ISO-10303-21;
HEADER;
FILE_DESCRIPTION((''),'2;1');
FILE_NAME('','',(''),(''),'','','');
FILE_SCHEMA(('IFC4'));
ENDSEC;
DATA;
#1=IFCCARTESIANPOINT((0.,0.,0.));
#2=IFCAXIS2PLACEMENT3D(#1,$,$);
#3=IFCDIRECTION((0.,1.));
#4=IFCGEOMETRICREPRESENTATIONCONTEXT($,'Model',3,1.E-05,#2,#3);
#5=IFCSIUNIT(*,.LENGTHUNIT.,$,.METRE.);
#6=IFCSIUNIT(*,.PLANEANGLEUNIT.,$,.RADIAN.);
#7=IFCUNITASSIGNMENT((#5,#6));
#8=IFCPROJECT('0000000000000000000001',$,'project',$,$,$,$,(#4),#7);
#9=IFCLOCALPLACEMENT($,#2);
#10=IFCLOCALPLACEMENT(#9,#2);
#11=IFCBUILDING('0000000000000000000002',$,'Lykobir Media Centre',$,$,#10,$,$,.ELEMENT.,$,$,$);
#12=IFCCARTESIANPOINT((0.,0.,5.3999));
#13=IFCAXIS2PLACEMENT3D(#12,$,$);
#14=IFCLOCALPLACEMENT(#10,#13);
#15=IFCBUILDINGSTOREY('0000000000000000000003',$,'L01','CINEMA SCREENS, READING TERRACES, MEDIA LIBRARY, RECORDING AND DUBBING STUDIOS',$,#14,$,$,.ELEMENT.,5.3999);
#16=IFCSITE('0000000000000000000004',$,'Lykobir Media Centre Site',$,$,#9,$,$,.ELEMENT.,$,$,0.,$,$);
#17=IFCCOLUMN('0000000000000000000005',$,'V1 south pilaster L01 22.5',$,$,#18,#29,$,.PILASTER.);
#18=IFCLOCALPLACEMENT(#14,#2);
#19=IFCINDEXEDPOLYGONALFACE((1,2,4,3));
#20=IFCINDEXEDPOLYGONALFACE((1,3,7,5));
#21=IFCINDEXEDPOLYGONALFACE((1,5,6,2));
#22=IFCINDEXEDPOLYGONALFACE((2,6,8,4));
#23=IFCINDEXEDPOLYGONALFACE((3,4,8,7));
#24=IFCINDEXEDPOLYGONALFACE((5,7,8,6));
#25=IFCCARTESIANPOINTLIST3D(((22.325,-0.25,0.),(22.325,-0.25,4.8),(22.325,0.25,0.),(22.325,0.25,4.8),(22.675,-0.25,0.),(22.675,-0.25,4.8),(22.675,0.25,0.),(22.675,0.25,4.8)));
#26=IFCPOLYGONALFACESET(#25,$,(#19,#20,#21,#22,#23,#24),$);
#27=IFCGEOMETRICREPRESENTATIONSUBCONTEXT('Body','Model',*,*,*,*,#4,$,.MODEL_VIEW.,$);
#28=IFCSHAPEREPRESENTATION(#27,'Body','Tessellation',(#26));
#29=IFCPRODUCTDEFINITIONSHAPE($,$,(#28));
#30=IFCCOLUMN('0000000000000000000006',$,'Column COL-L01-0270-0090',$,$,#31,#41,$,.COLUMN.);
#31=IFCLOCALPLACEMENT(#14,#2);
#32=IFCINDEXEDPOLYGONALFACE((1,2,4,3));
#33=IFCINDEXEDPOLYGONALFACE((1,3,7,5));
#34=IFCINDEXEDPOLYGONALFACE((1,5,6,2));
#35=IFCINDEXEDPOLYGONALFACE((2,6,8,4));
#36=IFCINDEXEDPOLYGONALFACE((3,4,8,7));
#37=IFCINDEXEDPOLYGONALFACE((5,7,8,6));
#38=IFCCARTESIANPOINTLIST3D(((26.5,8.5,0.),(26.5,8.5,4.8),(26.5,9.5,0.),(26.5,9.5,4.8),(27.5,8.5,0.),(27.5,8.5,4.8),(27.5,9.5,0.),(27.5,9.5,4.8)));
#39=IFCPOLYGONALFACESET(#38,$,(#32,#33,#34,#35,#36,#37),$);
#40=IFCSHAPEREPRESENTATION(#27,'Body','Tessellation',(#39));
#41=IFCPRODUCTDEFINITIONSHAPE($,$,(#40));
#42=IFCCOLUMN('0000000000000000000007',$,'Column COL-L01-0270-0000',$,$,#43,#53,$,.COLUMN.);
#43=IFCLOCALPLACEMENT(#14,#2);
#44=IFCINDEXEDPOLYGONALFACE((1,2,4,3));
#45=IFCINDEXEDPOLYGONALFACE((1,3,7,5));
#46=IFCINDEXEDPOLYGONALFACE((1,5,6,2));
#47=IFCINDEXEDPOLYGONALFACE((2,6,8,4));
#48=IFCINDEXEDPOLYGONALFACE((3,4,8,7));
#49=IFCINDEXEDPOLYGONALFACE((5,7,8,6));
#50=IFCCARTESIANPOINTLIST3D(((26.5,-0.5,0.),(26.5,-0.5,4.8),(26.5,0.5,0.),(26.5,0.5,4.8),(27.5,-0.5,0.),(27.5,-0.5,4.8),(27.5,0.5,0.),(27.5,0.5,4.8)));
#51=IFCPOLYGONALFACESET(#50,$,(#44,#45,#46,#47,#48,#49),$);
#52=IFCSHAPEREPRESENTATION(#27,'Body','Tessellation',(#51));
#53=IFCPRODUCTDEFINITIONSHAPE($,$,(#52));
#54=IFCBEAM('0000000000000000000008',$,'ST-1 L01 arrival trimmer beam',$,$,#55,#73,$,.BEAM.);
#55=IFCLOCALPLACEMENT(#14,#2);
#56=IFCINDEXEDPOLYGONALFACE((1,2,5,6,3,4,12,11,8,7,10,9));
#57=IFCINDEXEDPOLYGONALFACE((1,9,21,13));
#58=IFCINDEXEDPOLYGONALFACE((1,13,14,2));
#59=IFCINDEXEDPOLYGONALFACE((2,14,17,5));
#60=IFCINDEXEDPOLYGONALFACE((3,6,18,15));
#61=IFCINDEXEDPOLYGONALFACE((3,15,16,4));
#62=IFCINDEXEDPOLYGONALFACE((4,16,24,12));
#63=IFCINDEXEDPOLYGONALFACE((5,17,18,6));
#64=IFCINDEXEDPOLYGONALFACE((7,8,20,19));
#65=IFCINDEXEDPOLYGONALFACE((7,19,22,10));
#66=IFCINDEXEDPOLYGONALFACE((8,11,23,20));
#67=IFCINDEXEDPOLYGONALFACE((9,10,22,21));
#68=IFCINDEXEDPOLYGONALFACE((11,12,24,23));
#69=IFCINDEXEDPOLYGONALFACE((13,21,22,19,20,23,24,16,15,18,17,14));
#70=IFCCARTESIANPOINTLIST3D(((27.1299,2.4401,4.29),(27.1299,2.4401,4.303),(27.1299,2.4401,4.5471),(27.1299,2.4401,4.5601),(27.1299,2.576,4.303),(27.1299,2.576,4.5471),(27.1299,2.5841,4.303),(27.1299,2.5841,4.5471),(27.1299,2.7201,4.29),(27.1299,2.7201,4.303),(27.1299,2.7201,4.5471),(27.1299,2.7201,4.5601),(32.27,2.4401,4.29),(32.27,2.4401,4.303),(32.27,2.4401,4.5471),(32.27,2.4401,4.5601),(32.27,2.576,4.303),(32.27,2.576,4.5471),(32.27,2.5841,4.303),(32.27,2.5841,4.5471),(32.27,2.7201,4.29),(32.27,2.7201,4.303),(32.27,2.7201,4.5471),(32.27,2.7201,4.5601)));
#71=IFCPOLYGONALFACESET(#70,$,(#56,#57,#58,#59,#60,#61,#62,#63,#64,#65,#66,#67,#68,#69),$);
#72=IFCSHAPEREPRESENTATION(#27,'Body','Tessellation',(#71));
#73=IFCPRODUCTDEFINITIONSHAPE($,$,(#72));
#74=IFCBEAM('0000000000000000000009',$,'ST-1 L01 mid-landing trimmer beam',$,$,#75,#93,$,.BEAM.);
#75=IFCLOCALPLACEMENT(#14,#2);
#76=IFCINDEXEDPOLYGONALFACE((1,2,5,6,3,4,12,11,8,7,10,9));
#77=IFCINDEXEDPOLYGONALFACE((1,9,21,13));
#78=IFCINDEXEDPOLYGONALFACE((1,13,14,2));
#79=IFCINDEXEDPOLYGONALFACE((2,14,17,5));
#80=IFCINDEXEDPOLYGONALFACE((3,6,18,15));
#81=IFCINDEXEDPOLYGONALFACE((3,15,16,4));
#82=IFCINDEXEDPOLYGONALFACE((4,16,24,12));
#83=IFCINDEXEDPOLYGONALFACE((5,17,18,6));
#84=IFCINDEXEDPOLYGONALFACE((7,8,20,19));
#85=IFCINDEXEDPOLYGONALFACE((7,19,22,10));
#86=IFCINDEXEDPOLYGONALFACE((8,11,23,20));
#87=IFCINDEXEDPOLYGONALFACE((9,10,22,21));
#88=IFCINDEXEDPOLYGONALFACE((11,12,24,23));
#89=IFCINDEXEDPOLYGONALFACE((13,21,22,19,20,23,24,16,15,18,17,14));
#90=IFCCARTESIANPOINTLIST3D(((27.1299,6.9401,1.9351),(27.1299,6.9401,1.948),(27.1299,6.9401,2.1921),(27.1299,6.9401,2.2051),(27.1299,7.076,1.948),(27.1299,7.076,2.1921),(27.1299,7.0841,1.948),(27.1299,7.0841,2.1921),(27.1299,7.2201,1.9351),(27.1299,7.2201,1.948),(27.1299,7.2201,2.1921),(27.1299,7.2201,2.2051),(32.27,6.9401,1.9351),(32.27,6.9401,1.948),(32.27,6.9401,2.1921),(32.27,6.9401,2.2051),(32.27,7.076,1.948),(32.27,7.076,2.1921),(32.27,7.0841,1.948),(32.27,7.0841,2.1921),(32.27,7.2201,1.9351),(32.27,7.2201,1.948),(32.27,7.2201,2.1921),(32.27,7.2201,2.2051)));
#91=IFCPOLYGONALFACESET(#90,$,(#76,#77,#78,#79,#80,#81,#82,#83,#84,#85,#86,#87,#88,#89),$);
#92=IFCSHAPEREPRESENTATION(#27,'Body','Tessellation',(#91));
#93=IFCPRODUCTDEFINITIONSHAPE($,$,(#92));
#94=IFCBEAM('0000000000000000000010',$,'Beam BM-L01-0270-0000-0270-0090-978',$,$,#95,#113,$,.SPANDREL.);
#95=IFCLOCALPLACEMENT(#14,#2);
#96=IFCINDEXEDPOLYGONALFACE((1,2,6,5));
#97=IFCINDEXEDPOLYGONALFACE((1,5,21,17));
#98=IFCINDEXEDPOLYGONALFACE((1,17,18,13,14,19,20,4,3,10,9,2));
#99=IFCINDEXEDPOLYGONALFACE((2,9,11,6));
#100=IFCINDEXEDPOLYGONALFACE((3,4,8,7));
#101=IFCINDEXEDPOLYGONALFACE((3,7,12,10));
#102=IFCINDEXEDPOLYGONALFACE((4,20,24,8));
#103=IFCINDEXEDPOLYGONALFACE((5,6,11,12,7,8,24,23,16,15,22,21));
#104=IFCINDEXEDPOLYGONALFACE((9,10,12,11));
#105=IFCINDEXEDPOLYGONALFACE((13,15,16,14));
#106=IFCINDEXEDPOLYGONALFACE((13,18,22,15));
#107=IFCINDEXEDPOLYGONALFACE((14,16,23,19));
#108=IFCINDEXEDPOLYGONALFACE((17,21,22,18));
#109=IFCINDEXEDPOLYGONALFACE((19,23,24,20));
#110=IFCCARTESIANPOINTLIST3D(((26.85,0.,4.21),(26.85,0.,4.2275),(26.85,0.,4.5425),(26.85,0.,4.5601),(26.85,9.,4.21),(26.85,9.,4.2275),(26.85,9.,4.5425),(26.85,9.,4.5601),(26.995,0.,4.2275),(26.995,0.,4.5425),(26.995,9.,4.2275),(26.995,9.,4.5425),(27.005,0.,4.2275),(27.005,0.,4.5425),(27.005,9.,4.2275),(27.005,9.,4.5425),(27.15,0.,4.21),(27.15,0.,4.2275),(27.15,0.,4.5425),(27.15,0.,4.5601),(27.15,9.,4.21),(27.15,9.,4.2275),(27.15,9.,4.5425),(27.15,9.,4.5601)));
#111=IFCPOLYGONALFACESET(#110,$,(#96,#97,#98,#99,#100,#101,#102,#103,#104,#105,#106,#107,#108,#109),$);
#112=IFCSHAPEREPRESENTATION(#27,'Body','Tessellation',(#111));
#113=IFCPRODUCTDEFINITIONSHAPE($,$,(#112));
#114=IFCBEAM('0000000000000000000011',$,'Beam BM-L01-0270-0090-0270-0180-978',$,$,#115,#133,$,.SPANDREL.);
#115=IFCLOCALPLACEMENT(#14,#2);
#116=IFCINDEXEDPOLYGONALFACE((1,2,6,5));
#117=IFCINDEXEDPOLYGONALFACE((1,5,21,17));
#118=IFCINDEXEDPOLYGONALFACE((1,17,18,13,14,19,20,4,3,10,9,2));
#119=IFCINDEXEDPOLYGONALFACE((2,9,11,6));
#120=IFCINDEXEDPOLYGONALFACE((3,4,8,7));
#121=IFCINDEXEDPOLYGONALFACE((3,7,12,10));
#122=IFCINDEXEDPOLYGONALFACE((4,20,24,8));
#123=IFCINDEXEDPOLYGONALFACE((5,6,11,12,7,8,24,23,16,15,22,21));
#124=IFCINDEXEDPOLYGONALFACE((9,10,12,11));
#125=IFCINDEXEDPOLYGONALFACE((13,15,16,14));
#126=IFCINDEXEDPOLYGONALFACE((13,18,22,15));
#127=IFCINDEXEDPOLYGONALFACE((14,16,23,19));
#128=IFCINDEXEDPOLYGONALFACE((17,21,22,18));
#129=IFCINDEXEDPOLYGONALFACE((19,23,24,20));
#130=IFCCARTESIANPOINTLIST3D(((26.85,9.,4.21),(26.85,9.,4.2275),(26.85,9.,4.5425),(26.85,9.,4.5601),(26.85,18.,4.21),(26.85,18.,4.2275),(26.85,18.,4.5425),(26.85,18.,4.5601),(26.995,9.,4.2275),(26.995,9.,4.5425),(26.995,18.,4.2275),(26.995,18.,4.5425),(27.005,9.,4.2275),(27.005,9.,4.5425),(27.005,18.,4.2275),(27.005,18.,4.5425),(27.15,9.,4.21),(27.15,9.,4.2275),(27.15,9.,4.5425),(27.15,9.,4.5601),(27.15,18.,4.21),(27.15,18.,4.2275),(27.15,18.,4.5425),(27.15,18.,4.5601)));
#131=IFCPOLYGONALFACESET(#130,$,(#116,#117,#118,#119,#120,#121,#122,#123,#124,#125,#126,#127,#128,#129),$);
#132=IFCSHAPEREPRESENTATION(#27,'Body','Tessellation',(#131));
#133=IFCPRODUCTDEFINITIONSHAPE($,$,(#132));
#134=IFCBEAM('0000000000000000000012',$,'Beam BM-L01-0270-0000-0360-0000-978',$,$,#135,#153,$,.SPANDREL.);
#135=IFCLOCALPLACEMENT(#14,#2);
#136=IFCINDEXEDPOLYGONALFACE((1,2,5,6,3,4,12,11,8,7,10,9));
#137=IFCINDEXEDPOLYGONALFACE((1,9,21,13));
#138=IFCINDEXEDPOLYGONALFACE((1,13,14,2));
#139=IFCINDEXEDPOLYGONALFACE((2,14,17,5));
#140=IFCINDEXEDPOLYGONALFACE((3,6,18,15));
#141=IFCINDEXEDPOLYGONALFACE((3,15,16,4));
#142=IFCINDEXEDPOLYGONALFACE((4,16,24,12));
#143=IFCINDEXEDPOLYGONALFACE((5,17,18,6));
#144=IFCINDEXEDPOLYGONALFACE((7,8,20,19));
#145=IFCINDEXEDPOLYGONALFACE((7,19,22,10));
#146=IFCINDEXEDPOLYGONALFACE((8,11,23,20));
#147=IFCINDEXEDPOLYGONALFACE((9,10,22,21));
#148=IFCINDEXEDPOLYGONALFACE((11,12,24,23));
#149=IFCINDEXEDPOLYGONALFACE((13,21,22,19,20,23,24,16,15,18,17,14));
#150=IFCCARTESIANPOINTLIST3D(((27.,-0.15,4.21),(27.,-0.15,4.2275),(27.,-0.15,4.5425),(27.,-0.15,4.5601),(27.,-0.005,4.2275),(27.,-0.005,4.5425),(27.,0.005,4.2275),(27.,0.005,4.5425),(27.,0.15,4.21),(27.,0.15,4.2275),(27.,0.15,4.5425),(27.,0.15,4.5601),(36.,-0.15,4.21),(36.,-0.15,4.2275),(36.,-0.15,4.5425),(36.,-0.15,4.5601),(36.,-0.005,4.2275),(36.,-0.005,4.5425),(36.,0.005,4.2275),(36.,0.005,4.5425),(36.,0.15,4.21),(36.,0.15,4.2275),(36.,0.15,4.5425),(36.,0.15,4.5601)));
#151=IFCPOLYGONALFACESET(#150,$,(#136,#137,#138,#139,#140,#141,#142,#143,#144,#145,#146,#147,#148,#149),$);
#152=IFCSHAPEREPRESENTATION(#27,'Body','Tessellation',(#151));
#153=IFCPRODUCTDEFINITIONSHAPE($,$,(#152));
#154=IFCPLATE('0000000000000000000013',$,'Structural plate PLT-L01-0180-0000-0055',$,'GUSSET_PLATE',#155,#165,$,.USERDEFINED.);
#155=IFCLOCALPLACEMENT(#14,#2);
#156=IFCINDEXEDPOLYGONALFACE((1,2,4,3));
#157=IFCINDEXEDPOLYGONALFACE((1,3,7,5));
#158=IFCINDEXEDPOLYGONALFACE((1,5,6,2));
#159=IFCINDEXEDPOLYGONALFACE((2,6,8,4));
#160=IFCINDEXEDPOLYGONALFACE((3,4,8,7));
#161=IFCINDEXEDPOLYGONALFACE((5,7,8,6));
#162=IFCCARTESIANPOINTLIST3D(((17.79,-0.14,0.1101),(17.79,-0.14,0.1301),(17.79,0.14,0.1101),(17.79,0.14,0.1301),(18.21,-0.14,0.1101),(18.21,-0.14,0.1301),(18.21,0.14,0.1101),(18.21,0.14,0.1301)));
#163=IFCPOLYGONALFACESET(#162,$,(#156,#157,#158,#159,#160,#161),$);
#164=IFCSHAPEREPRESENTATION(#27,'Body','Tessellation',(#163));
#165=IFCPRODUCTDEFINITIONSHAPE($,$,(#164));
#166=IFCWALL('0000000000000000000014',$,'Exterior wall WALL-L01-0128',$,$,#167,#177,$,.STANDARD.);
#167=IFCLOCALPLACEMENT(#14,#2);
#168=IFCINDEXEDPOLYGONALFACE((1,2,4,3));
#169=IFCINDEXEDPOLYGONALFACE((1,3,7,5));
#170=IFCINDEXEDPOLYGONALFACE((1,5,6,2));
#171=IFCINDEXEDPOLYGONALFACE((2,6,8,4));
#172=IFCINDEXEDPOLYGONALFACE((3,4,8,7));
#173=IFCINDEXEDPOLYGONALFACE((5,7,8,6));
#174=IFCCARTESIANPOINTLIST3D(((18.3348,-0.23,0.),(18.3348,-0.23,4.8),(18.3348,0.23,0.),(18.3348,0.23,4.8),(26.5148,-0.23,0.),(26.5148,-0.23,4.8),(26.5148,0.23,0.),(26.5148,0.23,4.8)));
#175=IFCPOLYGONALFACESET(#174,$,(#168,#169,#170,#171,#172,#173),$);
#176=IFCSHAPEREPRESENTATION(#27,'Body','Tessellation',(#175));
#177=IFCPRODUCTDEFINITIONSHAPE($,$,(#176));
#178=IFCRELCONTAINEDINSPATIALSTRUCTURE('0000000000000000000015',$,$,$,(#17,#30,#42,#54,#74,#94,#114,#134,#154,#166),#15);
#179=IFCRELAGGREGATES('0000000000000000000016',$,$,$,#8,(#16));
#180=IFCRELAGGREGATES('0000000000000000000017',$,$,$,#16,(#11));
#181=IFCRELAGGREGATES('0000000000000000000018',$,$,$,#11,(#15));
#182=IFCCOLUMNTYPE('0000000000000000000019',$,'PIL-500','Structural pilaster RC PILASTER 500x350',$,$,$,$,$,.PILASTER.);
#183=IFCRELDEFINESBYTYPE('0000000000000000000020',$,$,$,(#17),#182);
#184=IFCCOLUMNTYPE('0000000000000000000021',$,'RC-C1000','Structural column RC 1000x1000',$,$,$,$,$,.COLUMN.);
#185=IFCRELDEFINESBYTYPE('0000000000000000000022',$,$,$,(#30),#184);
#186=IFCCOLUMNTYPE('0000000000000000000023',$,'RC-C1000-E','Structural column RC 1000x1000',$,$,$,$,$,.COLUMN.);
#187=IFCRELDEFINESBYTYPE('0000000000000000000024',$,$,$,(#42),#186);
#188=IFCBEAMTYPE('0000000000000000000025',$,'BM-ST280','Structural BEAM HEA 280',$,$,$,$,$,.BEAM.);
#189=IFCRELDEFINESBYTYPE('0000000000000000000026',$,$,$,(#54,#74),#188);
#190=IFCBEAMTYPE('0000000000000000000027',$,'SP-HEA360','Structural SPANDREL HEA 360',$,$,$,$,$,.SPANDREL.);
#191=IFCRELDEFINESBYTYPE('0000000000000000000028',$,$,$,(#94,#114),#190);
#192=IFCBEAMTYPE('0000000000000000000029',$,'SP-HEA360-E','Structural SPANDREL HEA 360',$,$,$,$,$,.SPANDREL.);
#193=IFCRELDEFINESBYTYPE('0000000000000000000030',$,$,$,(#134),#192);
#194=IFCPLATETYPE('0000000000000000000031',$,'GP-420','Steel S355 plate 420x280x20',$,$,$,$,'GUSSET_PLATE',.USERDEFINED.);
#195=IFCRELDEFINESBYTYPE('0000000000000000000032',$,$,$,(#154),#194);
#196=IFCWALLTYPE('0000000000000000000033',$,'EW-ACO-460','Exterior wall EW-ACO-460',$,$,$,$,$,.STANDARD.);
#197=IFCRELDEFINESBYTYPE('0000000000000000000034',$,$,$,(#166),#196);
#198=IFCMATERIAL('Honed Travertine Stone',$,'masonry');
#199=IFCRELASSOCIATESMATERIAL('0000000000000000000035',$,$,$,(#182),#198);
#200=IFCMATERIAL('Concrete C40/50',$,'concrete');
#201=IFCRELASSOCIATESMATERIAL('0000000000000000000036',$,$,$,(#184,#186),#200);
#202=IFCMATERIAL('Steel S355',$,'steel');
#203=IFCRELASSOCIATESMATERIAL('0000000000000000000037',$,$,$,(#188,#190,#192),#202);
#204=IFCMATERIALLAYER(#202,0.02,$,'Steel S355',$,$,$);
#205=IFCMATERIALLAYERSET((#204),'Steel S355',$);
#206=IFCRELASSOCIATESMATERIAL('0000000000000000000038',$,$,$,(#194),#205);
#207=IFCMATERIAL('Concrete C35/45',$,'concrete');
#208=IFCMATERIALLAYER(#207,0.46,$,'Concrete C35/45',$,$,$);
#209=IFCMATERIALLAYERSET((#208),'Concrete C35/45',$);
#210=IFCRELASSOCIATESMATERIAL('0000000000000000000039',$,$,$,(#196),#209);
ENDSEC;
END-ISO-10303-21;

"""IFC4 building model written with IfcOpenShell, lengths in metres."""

from ifc_helpers import new_model, si_unit, direction, frame, frame_2d, origin, origin_2d, place, context, subcontext, project, spatial, rectangle, i_section, extrude, material, layer, layer_set, material_profile, profile_set, type_object, element, save


model = new_model("IFC4")

# Units and contexts
model_context = context("Model", 3, precision=1e-05, world=origin(), true_north=direction((0.0, 1.0)))
body_context = subcontext(model_context, "Body", "Model", "MODEL_VIEW")
ifc_project = project(units=[si_unit("LENGTHUNIT", "METRE"), si_unit("PLANEANGLEUNIT", "RADIAN")], contexts=[model_context])

# Site, building, storey
site_placement = place(None, origin())
site = spatial("IfcSite", under=ifc_project, at=site_placement, Name="Lykobir Media Centre Site", CompositionType="ELEMENT", RefElevation=0.0)
building_placement = place(site_placement, origin())
building = spatial("IfcBuilding", under=site, at=building_placement, Name="Lykobir Media Centre", CompositionType="ELEMENT")
storey_placement = place(building_placement, frame((0.0, 0.0, 5.3999)))
storey = spatial("IfcBuildingStorey", under=building, at=storey_placement, Name="L01", Description="CINEMA SCREENS, READING TERRACES, MEDIA LIBRARY, RECORDING AND DUBBING STUDIOS", CompositionType="ELEMENT", Elevation=5.3999)

# Columns
ifc_material_1 = material(Name="Honed Travertine Stone", Category="masonry")
ifc_material_profile_1 = material_profile(ifc_material_1, rectangle(XDim=0.3501, YDim=0.5, at=origin_2d()), Name="RC PILASTER 500x350")
ifc_profile_set_1 = profile_set([ifc_material_profile_1], Name="Honed Travertine Stone")
column_type_1 = type_object("IfcColumnType", Name="PIL-500", Description="Structural pilaster RC PILASTER 500x350", PredefinedType="PILASTER", material=ifc_profile_set_1)
column_1_placement = place(storey_placement, frame((22.5, 0.0, 0.0), z_axis=(0.0, 0.0, 1.0), x_axis=(1.0, 0.0, 0.0)))
element("IfcColumn", 1, at=column_1_placement, inside=storey, type_object=column_type_1, Name="V1 south pilaster L01 22.5", PredefinedType="PILASTER", context=body_context, shape_type="SweptSolid", body=[
    extrude(rectangle(XDim=0.3501, YDim=0.5, at=origin_2d()), origin(), (0.0, 0.0, 1.0), 4.8),
])
ifc_material_2 = material(Name="Concrete C40/50", Category="concrete")
ifc_material_profile_2 = material_profile(ifc_material_2, rectangle(XDim=1.0, YDim=1.0, at=origin_2d()), Name="RC 1000x1000")
ifc_profile_set_2 = profile_set([ifc_material_profile_2], Name="Concrete C40/50")
column_type_2 = type_object("IfcColumnType", Name="RC-C1000", Description="Structural column RC 1000x1000", PredefinedType="COLUMN", material=ifc_profile_set_2)
column_2_placement = place(storey_placement, frame((27.0, 9.0, 0.0), z_axis=(0.0, 0.0, 1.0), x_axis=(1.0, 0.0, 0.0)))
element("IfcColumn", 2, at=column_2_placement, inside=storey, type_object=column_type_2, Name="Column COL-L01-0270-0090", PredefinedType="COLUMN", context=body_context, shape_type="SweptSolid", body=[
    extrude(rectangle(XDim=1.0, YDim=1.0, at=origin_2d()), origin(), (0.0, 0.0, 1.0), 4.8),
])
ifc_material_profile_3 = material_profile(ifc_material_2, rectangle(XDim=1.0, YDim=1.0, at=origin_2d()), Name="RC 1000x1000")
ifc_profile_set_3 = profile_set([ifc_material_profile_3], Name="Concrete C40/50")
column_type_3 = type_object("IfcColumnType", Name="RC-C1000-E", Description="Structural column RC 1000x1000", PredefinedType="COLUMN", material=ifc_profile_set_3)
column_3_placement = place(storey_placement, frame((27.0, 0.0, 0.0), z_axis=(0.0, 0.0, 1.0), x_axis=(1.0, 0.0, 0.0)))
element("IfcColumn", 3, at=column_3_placement, inside=storey, type_object=column_type_3, Name="Column COL-L01-0270-0000", PredefinedType="COLUMN", context=body_context, shape_type="SweptSolid", body=[
    extrude(rectangle(XDim=1.0, YDim=1.0, at=origin_2d()), origin(), (0.0, 0.0, 1.0), 4.8),
])

# Beams
ifc_material_3 = material(Name="Steel S355", Category="steel")
ifc_material_profile_4 = material_profile(ifc_material_3, i_section(OverallWidth=0.28, OverallDepth=0.27, WebThickness=0.0081, FlangeThickness=0.0129, at=origin_2d()), Name="HEA 280")
ifc_profile_set_4 = profile_set([ifc_material_profile_4], Name="Steel S355")
beam_type_1 = type_object("IfcBeamType", Name="BM-ST280", Description="Structural BEAM HEA 280", PredefinedType="BEAM", material=ifc_profile_set_4)
for number, where, z_axis, x_axis, name in (
    (4, (27.1299, 2.5801, 4.425), (1.0, 0.0, 0.0), (0.0, 1.0, 0.0), "ST-1 L01 arrival trimmer beam"),
    (5, (27.1299, 7.0801, 2.0701), (1.0, 0.0, 0.0), (0.0, 1.0, 0.0), "ST-1 L01 mid-landing trimmer beam"),
):
    element("IfcBeam", number, at=place(storey_placement, frame(where, z_axis=z_axis, x_axis=x_axis)), inside=storey, type_object=beam_type_1, Name=name, PredefinedType="BEAM", context=body_context, shape_type="SweptSolid", body=[
        extrude(i_section(OverallWidth=0.28, OverallDepth=0.27, WebThickness=0.0081, FlangeThickness=0.0129, at=origin_2d()), origin(), (0.0, 0.0, 1.0), 5.1401),
    ])
ifc_material_profile_5 = material_profile(ifc_material_3, i_section(OverallWidth=0.3, OverallDepth=0.3501, WebThickness=0.01, FlangeThickness=0.0176, at=origin_2d()), Name="HEA 360")
ifc_profile_set_5 = profile_set([ifc_material_profile_5], Name="Steel S355")
beam_type_2 = type_object("IfcBeamType", Name="SP-HEA360", Description="Structural SPANDREL HEA 360", PredefinedType="SPANDREL", material=ifc_profile_set_5)
for number, where, z_axis, x_axis, name in (
    (6, (27.0, 0.0, 4.385), (0.0, 1.0, 0.0), (-1.0, 0.0, 0.0), "Beam BM-L01-0270-0000-0270-0090-978"),
    (7, (27.0, 9.0, 4.385), (0.0, 1.0, 0.0), (-1.0, 0.0, 0.0), "Beam BM-L01-0270-0090-0270-0180-978"),
):
    element("IfcBeam", number, at=place(storey_placement, frame(where, z_axis=z_axis, x_axis=x_axis)), inside=storey, type_object=beam_type_2, Name=name, PredefinedType="SPANDREL", context=body_context, shape_type="SweptSolid", body=[
        extrude(i_section(OverallWidth=0.3, OverallDepth=0.3501, WebThickness=0.01, FlangeThickness=0.0176, at=origin_2d()), origin(), (0.0, 0.0, 1.0), 9.0),
    ])
ifc_material_profile_6 = material_profile(ifc_material_3, i_section(OverallWidth=0.3, OverallDepth=0.3501, WebThickness=0.01, FlangeThickness=0.0176, at=origin_2d()), Name="HEA 360")
ifc_profile_set_6 = profile_set([ifc_material_profile_6], Name="Steel S355")
beam_type_3 = type_object("IfcBeamType", Name="SP-HEA360-E", Description="Structural SPANDREL HEA 360", PredefinedType="SPANDREL", material=ifc_profile_set_6)
beam_placement = place(storey_placement, frame((27.0, 0.0, 4.385), z_axis=(1.0, 0.0, 0.0), x_axis=(0.0, 1.0, 0.0)))
element("IfcBeam", 8, at=beam_placement, inside=storey, type_object=beam_type_3, Name="Beam BM-L01-0270-0000-0360-0000-978", PredefinedType="SPANDREL", context=body_context, shape_type="SweptSolid", body=[
    extrude(i_section(OverallWidth=0.3, OverallDepth=0.3501, WebThickness=0.01, FlangeThickness=0.0176, at=origin_2d()), origin(), (0.0, 0.0, 1.0), 9.0),
])

# Plate
ifc_layer_1 = layer(ifc_material_3, 0.02, Name="Steel S355")
ifc_layer_set_1 = layer_set([ifc_layer_1], Name="Steel S355")
plate_type = type_object("IfcPlateType", Name="GP-420", Description="Steel S355 plate 420x280x20", ElementType="GUSSET_PLATE", PredefinedType="USERDEFINED", material=ifc_layer_set_1)
plate_placement = place(storey_placement, frame((18.0, 0.0, 0.1101), z_axis=(0.0, 0.0, 1.0), x_axis=(1.0, 0.0, 0.0)))
element("IfcPlate", 9, at=plate_placement, inside=storey, type_object=plate_type, Name="Structural plate PLT-L01-0180-0000-0055", ObjectType="GUSSET_PLATE", PredefinedType="USERDEFINED", context=body_context, shape_type="SweptSolid", body=[
    extrude(rectangle(XDim=0.4199, YDim=0.28, at=origin_2d()), origin(), (0.0, 0.0, 1.0), 0.02),
])

# Wall
ifc_material_4 = material(Name="Concrete C35/45", Category="concrete")
ifc_layer_2 = layer(ifc_material_4, 0.46, Name="Concrete C35/45")
ifc_layer_set_2 = layer_set([ifc_layer_2], Name="Concrete C35/45")
wall_type_1 = type_object("IfcWallType", Name="EW-ACO-460", Description="Exterior wall EW-ACO-460", PredefinedType="STANDARD", material=ifc_layer_set_2)
wall_1_placement = place(storey_placement, frame((18.335, 0.0, 0.0), z_axis=(0.0, 0.0, 1.0), x_axis=(1.0, 0.0, 0.0)))
element("IfcWall", 10, at=wall_1_placement, inside=storey, type_object=wall_type_1, Name="Exterior wall WALL-L01-0128", PredefinedType="STANDARD", context=body_context, shape_type="SweptSolid", body=[
    extrude(rectangle(XDim=8.1799, YDim=0.46, at=frame_2d((4.0898, 0.0))), origin(), (0.0, 0.0, 1.0), 4.8),
])

save(model, "model.ifc")
